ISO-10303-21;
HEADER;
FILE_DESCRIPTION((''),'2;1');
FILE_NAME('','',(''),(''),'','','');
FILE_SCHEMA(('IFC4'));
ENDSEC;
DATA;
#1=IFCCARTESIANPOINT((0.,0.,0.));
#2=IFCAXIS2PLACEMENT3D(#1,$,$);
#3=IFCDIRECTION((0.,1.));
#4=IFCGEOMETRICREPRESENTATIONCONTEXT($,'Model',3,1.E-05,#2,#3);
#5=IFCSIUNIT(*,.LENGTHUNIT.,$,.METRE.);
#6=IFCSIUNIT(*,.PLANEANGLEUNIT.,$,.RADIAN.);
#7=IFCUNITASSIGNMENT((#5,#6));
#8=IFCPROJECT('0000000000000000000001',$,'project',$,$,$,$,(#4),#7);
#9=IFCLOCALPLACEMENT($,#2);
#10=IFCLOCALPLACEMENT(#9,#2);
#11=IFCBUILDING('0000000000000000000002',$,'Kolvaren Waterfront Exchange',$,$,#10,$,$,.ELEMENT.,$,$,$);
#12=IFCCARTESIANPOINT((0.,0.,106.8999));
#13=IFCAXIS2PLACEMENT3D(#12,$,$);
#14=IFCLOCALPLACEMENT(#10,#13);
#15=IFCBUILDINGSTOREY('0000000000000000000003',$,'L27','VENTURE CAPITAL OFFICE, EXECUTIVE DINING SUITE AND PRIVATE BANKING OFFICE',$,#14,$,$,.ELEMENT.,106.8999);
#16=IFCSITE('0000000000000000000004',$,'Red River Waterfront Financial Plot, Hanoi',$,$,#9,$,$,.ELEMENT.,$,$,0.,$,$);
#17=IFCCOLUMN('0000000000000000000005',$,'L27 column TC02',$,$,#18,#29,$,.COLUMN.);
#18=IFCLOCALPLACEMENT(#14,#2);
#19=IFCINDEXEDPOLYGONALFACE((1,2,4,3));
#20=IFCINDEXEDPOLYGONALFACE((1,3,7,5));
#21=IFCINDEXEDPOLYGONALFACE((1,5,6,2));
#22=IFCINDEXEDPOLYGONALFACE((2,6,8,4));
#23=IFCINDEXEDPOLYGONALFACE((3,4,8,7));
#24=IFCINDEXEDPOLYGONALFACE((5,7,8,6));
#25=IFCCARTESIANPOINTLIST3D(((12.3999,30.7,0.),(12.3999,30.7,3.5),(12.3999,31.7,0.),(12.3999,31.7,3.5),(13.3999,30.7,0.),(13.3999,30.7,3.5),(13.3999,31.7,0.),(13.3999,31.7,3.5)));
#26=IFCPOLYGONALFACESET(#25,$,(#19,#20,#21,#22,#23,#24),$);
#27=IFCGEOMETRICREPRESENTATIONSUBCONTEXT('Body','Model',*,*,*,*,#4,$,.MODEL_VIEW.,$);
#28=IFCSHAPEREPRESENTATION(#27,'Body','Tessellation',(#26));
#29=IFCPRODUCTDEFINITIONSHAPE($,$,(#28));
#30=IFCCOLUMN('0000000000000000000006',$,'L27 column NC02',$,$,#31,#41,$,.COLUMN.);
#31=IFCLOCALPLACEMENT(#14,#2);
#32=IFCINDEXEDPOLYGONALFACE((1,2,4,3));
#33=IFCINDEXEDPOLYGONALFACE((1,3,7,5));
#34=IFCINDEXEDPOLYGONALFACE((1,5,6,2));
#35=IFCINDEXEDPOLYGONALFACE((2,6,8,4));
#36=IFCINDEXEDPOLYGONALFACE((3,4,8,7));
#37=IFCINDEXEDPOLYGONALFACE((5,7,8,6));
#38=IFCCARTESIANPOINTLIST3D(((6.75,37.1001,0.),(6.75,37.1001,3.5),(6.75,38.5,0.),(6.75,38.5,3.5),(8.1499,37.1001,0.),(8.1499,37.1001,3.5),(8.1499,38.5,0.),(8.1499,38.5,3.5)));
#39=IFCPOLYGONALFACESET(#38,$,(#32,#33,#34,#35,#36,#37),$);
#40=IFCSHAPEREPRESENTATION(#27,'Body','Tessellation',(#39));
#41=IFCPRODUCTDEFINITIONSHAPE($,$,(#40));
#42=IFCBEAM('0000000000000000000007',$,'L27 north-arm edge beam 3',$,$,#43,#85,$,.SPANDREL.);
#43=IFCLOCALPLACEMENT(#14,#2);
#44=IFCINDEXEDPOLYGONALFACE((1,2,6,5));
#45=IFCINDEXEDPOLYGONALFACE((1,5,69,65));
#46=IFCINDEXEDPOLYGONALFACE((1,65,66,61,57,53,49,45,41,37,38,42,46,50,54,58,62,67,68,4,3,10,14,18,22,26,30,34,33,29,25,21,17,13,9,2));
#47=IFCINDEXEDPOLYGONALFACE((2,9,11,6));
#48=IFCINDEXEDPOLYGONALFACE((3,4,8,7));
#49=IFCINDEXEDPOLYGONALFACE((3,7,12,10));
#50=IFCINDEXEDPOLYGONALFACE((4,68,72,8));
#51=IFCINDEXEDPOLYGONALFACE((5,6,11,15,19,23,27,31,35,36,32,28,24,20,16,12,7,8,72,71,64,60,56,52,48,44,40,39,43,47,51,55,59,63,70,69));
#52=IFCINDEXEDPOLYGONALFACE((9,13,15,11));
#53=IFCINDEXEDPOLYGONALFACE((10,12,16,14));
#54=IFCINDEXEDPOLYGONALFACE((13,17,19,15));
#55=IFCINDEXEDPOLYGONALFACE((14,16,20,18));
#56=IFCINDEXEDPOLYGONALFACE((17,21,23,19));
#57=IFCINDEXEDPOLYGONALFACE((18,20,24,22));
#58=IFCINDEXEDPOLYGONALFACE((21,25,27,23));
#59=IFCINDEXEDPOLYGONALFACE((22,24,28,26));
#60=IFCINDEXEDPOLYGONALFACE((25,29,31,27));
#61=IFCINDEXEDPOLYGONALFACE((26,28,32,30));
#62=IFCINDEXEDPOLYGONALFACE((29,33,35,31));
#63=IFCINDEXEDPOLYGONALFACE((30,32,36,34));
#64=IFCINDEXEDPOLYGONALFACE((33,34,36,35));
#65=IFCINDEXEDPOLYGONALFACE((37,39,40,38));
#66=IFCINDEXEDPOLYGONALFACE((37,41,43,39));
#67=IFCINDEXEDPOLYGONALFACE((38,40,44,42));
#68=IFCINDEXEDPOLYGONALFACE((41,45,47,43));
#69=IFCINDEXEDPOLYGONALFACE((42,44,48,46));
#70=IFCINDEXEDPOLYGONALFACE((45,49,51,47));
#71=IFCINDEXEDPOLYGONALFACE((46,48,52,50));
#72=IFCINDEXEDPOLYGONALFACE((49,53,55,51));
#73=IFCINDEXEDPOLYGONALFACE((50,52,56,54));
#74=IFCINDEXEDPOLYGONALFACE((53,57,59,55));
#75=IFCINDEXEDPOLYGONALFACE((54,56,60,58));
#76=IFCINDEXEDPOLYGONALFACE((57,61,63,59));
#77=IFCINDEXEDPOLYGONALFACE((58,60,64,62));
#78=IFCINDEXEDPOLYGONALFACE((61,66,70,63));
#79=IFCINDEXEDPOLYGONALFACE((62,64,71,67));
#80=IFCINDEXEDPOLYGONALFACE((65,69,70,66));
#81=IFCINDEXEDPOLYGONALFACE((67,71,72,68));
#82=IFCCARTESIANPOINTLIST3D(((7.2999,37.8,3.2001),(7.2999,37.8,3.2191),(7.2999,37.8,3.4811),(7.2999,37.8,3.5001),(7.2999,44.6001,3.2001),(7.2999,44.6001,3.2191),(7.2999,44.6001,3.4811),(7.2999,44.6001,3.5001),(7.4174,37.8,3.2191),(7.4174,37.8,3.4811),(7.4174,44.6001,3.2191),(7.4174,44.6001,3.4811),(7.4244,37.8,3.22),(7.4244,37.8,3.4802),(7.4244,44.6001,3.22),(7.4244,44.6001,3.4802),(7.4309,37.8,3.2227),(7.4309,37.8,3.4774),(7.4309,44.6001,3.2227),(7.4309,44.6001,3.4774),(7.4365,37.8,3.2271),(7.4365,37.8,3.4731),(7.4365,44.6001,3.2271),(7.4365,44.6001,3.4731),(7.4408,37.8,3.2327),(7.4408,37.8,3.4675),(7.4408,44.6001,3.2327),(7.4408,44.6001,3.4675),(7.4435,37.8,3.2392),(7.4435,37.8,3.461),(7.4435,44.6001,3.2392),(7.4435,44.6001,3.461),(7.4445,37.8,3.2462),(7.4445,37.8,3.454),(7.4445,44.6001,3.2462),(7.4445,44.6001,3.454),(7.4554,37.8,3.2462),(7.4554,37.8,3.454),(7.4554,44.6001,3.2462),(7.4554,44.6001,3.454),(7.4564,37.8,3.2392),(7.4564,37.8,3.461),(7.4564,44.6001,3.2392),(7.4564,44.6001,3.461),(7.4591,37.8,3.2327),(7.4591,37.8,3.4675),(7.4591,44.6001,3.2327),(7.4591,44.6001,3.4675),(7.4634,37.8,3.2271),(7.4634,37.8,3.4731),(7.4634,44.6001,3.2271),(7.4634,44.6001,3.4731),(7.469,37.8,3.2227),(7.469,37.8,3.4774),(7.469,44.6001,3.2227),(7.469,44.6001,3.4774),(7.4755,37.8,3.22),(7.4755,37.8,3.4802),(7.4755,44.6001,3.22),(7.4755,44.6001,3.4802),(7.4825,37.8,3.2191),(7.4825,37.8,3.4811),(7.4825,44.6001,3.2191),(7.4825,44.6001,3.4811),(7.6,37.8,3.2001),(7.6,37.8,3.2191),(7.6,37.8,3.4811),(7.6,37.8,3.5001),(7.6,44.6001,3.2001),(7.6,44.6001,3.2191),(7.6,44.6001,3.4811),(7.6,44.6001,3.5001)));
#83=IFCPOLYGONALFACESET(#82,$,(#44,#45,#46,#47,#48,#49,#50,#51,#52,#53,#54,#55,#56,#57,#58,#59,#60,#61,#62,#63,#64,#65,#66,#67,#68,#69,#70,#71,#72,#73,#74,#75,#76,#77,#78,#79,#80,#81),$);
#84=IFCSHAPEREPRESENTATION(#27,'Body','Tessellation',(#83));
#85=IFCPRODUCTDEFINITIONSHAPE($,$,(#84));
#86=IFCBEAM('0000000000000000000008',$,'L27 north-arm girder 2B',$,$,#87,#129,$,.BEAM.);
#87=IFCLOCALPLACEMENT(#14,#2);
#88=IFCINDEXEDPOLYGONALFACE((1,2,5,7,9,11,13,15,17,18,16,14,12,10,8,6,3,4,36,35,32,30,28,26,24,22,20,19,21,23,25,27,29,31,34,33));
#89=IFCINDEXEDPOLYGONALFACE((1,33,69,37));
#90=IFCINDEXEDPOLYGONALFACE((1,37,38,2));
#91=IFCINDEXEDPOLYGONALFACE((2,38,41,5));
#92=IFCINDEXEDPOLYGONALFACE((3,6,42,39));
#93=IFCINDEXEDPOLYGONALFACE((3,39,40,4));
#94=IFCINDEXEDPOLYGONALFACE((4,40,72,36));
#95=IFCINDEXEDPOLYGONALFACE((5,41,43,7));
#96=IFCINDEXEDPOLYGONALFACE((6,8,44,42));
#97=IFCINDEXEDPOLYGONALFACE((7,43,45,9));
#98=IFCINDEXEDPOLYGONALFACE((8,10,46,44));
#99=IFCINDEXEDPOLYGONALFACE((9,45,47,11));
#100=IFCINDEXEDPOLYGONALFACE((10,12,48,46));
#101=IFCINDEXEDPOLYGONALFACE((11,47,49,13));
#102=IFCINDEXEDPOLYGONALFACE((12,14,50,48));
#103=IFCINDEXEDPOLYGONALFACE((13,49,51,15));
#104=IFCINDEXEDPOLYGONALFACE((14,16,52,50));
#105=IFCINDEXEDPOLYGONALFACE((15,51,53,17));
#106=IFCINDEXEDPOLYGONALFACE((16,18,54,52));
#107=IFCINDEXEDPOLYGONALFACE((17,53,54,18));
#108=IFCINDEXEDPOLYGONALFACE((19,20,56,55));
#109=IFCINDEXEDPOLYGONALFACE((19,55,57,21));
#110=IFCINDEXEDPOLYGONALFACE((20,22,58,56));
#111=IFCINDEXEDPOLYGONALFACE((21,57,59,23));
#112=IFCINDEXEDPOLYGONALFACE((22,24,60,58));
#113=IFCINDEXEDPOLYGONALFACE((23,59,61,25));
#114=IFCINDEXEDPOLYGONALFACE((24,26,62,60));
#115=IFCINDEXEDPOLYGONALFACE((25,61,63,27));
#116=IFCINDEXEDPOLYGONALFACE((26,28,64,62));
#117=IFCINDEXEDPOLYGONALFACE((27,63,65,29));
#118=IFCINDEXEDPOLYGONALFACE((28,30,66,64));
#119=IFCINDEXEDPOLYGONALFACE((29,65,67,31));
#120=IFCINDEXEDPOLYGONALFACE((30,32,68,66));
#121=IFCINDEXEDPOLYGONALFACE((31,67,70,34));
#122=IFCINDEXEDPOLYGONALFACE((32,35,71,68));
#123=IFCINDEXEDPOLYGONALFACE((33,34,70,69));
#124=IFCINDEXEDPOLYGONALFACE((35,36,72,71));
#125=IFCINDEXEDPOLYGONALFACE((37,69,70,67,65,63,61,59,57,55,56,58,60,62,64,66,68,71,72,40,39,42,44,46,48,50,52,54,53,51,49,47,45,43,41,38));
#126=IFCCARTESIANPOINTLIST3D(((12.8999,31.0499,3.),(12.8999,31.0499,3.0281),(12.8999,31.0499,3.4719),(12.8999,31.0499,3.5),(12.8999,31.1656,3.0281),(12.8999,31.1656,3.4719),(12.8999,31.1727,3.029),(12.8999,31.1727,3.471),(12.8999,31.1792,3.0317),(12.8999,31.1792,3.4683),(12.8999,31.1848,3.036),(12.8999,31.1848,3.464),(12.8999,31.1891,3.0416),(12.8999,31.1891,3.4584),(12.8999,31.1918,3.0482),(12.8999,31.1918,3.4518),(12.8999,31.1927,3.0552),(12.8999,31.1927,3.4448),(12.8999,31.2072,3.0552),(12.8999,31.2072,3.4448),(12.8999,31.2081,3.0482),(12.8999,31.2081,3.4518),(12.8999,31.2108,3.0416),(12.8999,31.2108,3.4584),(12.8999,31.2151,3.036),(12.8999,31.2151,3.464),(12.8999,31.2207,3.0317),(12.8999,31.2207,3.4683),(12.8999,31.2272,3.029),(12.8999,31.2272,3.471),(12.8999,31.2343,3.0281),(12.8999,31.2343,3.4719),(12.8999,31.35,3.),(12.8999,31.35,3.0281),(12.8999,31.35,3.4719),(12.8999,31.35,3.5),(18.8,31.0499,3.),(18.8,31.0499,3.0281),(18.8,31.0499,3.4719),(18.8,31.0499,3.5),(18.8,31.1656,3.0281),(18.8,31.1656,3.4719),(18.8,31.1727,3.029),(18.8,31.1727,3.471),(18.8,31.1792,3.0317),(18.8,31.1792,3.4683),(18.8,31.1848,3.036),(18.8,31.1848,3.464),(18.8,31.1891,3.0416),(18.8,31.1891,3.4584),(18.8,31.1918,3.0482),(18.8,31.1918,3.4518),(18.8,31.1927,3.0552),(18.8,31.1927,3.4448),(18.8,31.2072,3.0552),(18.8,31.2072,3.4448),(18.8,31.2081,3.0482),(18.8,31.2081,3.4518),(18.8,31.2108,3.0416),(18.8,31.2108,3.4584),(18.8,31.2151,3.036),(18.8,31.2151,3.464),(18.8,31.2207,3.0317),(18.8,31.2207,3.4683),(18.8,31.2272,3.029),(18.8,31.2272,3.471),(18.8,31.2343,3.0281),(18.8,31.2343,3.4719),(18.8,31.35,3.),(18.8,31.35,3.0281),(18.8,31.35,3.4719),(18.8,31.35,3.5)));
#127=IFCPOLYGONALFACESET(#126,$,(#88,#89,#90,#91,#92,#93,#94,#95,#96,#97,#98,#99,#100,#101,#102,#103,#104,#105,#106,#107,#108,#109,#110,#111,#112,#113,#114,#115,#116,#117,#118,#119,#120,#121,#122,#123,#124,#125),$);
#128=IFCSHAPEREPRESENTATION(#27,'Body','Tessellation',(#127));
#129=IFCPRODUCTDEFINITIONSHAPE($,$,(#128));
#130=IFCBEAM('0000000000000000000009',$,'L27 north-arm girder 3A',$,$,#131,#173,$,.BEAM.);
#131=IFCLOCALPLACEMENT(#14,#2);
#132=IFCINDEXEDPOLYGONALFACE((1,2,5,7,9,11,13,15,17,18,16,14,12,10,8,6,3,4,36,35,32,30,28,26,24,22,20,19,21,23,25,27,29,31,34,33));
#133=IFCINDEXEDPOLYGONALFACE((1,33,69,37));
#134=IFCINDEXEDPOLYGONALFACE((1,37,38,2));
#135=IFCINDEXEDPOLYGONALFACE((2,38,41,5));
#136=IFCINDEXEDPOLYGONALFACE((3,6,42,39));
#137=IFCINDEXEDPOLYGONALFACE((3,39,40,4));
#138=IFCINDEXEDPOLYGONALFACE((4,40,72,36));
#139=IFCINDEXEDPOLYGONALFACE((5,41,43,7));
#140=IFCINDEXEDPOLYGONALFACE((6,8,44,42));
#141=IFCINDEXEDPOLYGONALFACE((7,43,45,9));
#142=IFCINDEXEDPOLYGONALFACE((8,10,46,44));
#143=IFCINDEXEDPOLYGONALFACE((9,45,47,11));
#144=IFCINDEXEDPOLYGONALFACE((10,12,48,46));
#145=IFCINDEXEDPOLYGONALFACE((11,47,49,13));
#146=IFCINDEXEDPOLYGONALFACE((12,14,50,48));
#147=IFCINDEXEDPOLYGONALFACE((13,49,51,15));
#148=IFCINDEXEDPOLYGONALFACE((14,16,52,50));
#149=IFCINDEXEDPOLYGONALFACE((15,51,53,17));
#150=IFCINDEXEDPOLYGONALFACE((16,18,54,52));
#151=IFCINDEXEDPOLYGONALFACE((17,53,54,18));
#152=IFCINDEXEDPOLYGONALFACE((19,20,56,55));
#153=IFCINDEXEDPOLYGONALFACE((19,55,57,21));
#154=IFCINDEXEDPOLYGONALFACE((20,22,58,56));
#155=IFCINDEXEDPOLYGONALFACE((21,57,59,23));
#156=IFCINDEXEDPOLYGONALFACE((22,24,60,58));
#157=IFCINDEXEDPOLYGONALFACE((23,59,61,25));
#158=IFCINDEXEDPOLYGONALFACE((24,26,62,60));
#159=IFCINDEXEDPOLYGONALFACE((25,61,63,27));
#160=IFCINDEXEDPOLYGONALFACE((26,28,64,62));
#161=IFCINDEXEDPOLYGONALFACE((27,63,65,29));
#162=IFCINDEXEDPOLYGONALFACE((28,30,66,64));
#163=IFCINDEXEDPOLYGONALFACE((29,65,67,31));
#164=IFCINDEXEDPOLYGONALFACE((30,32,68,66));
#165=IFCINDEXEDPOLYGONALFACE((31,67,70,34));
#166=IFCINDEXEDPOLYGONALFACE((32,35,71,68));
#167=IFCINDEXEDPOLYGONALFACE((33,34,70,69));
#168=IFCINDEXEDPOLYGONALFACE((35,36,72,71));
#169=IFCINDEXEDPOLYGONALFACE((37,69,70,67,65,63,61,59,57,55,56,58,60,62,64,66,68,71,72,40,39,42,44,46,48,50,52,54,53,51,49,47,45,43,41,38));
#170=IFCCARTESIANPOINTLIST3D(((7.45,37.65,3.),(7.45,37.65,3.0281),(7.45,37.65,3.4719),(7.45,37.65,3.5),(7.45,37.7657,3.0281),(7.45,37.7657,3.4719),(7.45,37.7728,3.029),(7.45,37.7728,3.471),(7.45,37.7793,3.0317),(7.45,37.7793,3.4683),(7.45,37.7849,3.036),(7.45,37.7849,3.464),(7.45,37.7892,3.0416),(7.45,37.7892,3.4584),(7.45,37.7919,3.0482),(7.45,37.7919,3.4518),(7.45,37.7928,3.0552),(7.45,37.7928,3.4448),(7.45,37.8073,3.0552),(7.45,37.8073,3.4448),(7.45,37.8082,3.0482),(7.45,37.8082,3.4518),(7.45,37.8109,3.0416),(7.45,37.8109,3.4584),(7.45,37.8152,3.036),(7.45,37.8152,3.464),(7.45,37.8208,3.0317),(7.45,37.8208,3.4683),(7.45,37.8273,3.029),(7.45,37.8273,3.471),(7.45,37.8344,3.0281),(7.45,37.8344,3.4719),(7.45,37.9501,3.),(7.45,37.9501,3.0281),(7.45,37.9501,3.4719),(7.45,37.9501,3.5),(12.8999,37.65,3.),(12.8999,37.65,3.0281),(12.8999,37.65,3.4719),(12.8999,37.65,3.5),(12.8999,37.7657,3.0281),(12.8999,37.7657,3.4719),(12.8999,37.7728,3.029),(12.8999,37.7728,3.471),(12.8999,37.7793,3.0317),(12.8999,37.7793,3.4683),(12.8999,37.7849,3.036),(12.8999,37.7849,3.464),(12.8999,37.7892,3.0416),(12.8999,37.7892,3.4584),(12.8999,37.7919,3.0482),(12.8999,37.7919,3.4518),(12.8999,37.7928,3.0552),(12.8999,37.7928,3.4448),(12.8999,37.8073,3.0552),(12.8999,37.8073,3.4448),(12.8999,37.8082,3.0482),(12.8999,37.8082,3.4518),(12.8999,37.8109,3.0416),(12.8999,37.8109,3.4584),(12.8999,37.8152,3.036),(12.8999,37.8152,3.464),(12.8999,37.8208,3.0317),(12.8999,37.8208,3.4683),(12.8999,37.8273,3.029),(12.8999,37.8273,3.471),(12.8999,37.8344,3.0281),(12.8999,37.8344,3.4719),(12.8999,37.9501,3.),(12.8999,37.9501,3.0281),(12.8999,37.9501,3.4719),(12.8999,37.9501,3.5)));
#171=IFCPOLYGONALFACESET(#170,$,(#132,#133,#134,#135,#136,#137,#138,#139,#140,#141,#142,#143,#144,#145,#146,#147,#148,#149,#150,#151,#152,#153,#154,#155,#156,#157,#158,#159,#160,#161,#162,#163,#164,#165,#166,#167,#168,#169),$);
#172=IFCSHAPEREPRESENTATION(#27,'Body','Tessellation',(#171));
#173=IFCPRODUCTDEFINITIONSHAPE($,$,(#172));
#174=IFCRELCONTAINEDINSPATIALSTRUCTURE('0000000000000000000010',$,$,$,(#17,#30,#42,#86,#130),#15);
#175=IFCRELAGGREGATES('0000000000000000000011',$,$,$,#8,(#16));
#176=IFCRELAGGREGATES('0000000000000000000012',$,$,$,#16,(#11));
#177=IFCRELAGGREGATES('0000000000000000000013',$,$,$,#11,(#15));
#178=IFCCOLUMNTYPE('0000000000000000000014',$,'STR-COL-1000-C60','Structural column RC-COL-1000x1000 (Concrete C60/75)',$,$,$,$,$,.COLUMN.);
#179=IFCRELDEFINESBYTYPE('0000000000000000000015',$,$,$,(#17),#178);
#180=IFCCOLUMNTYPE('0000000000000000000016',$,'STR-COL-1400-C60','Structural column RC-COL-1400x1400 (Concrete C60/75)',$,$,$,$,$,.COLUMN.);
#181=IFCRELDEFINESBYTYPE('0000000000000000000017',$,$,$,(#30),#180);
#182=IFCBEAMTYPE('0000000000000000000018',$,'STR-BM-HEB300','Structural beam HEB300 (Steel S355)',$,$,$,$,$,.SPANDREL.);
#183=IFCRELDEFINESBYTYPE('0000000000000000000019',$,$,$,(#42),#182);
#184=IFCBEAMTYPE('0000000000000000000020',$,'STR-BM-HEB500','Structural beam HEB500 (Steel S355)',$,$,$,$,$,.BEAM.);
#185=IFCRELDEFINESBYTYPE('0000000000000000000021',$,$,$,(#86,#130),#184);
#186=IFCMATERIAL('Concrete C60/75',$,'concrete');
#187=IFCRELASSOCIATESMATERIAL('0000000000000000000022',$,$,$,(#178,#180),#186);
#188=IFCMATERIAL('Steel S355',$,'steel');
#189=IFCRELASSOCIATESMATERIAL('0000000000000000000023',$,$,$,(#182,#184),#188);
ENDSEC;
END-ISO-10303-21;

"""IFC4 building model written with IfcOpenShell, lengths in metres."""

from ifc_helpers import new_model, si_unit, direction, frame, origin, origin_2d, place, context, subcontext, project, spatial, rectangle, i_section, extrude, material, material_profile, profile_set, type_object, element, save


model = new_model("IFC4")

# Units and contexts
model_context = context("Model", 3, precision=1e-05, world=origin(), true_north=direction((0.0, 1.0)))
body_context = subcontext(model_context, "Body", "Model", "MODEL_VIEW")
ifc_project = project(units=[si_unit("LENGTHUNIT", "METRE"), si_unit("PLANEANGLEUNIT", "RADIAN")], contexts=[model_context])

# Site, building, storey
site_placement = place(None, origin())
site = spatial("IfcSite", under=ifc_project, at=site_placement, Name="Red River Waterfront Financial Plot, Hanoi", CompositionType="ELEMENT", RefElevation=0.0)
building_placement = place(site_placement, origin())
building = spatial("IfcBuilding", under=site, at=building_placement, Name="Kolvaren Waterfront Exchange", CompositionType="ELEMENT")
storey_placement = place(building_placement, frame((0.0, 0.0, 106.8999)))
storey = spatial("IfcBuildingStorey", under=building, at=storey_placement, Name="L27", Description="VENTURE CAPITAL OFFICE, EXECUTIVE DINING SUITE AND PRIVATE BANKING OFFICE", CompositionType="ELEMENT", Elevation=106.8999)

# Columns
ifc_material_1 = material(Name="Concrete C60/75", Category="concrete")
ifc_material_profile_1 = material_profile(ifc_material_1, rectangle(XDim=1.0, YDim=1.0, at=origin_2d()), Name="RC-COL-1000x1000")
ifc_profile_set_1 = profile_set([ifc_material_profile_1], Name="Concrete C60/75")
column_type_1 = type_object("IfcColumnType", Name="STR-COL-1000-C60", Description="Structural column RC-COL-1000x1000 (Concrete C60/75)", PredefinedType="COLUMN", material=ifc_profile_set_1)
column_1_placement = place(storey_placement, frame((12.8999, 31.2, 0.0), z_axis=(0.0, 0.0, 1.0), x_axis=(1.0, 0.0, 0.0)))
element("IfcColumn", 1, at=column_1_placement, inside=storey, type_object=column_type_1, Name="L27 column TC02", PredefinedType="COLUMN", context=body_context, shape_type="SweptSolid", body=[
    extrude(rectangle(XDim=1.0, YDim=1.0, at=origin_2d()), origin(), (0.0, 0.0, 1.0), 3.5),
])
ifc_material_profile_2 = material_profile(ifc_material_1, rectangle(XDim=1.3999, YDim=1.3999, at=origin_2d()), Name="RC-COL-1400x1400")
ifc_profile_set_2 = profile_set([ifc_material_profile_2], Name="Concrete C60/75")
column_type_2 = type_object("IfcColumnType", Name="STR-COL-1400-C60", Description="Structural column RC-COL-1400x1400 (Concrete C60/75)", PredefinedType="COLUMN", material=ifc_profile_set_2)
column_2_placement = place(storey_placement, frame((7.45, 37.8, 0.0), z_axis=(0.0, 0.0, 1.0), x_axis=(1.0, 0.0, 0.0)))
element("IfcColumn", 2, at=column_2_placement, inside=storey, type_object=column_type_2, Name="L27 column NC02", PredefinedType="COLUMN", context=body_context, shape_type="SweptSolid", body=[
    extrude(rectangle(XDim=1.3999, YDim=1.3999, at=origin_2d()), origin(), (0.0, 0.0, 1.0), 3.5),
])

# Beams
ifc_material_2 = material(Name="Steel S355", Category="steel")
ifc_material_profile_3 = material_profile(ifc_material_2, i_section(OverallWidth=0.3, OverallDepth=0.3, WebThickness=0.011, FlangeThickness=0.019, FilletRadius=0.0271, at=origin_2d()), Name="HEB300")
ifc_profile_set_3 = profile_set([ifc_material_profile_3], Name="Steel S355")
beam_type_1 = type_object("IfcBeamType", Name="STR-BM-HEB300", Description="Structural beam HEB300 (Steel S355)", PredefinedType="SPANDREL", material=ifc_profile_set_3)
beam_1_placement = place(storey_placement, frame((7.45, 37.8, 3.3501), z_axis=(0.0, 1.0, 0.0), x_axis=(-1.0, 0.0, 0.0)))
element("IfcBeam", 3, at=beam_1_placement, inside=storey, type_object=beam_type_1, Name="L27 north-arm edge beam 3", PredefinedType="SPANDREL", context=body_context, shape_type="SweptSolid", body=[
    extrude(i_section(OverallWidth=0.3, OverallDepth=0.3, WebThickness=0.011, FlangeThickness=0.019, FilletRadius=0.0271, at=origin_2d()), origin(), (0.0, 0.0, 1.0), 6.8),
])
ifc_material_profile_4 = material_profile(ifc_material_2, i_section(OverallWidth=0.3, OverallDepth=0.5, WebThickness=0.0144, FlangeThickness=0.0281, FilletRadius=0.0271, at=origin_2d()), Name="HEB500")
ifc_profile_set_4 = profile_set([ifc_material_profile_4], Name="Steel S355")
beam_type_2 = type_object("IfcBeamType", Name="STR-BM-HEB500", Description="Structural beam HEB500 (Steel S355)", PredefinedType="BEAM", material=ifc_profile_set_4)
beam_2_placement = place(storey_placement, frame((12.8999, 31.2, 3.25), z_axis=(1.0, 0.0, 0.0), x_axis=(0.0, 1.0, 0.0)))
element("IfcBeam", 4, at=beam_2_placement, inside=storey, type_object=beam_type_2, Name="L27 north-arm girder 2B", PredefinedType="BEAM", context=body_context, shape_type="SweptSolid", body=[
    extrude(i_section(OverallWidth=0.3, OverallDepth=0.5, WebThickness=0.0144, FlangeThickness=0.0281, FilletRadius=0.0271, at=origin_2d()), origin(), (0.0, 0.0, 1.0), 5.9001),
])
beam_3_placement = place(storey_placement, frame((7.45, 37.8, 3.25), z_axis=(1.0, 0.0, 0.0), x_axis=(0.0, 1.0, 0.0)))
element("IfcBeam", 5, at=beam_3_placement, inside=storey, type_object=beam_type_2, Name="L27 north-arm girder 3A", PredefinedType="BEAM", context=body_context, shape_type="SweptSolid", body=[
    extrude(i_section(OverallWidth=0.3, OverallDepth=0.5, WebThickness=0.0144, FlangeThickness=0.0281, FilletRadius=0.0271, at=origin_2d()), origin(), (0.0, 0.0, 1.0), 5.45),
])

save(model, "model.ifc")
